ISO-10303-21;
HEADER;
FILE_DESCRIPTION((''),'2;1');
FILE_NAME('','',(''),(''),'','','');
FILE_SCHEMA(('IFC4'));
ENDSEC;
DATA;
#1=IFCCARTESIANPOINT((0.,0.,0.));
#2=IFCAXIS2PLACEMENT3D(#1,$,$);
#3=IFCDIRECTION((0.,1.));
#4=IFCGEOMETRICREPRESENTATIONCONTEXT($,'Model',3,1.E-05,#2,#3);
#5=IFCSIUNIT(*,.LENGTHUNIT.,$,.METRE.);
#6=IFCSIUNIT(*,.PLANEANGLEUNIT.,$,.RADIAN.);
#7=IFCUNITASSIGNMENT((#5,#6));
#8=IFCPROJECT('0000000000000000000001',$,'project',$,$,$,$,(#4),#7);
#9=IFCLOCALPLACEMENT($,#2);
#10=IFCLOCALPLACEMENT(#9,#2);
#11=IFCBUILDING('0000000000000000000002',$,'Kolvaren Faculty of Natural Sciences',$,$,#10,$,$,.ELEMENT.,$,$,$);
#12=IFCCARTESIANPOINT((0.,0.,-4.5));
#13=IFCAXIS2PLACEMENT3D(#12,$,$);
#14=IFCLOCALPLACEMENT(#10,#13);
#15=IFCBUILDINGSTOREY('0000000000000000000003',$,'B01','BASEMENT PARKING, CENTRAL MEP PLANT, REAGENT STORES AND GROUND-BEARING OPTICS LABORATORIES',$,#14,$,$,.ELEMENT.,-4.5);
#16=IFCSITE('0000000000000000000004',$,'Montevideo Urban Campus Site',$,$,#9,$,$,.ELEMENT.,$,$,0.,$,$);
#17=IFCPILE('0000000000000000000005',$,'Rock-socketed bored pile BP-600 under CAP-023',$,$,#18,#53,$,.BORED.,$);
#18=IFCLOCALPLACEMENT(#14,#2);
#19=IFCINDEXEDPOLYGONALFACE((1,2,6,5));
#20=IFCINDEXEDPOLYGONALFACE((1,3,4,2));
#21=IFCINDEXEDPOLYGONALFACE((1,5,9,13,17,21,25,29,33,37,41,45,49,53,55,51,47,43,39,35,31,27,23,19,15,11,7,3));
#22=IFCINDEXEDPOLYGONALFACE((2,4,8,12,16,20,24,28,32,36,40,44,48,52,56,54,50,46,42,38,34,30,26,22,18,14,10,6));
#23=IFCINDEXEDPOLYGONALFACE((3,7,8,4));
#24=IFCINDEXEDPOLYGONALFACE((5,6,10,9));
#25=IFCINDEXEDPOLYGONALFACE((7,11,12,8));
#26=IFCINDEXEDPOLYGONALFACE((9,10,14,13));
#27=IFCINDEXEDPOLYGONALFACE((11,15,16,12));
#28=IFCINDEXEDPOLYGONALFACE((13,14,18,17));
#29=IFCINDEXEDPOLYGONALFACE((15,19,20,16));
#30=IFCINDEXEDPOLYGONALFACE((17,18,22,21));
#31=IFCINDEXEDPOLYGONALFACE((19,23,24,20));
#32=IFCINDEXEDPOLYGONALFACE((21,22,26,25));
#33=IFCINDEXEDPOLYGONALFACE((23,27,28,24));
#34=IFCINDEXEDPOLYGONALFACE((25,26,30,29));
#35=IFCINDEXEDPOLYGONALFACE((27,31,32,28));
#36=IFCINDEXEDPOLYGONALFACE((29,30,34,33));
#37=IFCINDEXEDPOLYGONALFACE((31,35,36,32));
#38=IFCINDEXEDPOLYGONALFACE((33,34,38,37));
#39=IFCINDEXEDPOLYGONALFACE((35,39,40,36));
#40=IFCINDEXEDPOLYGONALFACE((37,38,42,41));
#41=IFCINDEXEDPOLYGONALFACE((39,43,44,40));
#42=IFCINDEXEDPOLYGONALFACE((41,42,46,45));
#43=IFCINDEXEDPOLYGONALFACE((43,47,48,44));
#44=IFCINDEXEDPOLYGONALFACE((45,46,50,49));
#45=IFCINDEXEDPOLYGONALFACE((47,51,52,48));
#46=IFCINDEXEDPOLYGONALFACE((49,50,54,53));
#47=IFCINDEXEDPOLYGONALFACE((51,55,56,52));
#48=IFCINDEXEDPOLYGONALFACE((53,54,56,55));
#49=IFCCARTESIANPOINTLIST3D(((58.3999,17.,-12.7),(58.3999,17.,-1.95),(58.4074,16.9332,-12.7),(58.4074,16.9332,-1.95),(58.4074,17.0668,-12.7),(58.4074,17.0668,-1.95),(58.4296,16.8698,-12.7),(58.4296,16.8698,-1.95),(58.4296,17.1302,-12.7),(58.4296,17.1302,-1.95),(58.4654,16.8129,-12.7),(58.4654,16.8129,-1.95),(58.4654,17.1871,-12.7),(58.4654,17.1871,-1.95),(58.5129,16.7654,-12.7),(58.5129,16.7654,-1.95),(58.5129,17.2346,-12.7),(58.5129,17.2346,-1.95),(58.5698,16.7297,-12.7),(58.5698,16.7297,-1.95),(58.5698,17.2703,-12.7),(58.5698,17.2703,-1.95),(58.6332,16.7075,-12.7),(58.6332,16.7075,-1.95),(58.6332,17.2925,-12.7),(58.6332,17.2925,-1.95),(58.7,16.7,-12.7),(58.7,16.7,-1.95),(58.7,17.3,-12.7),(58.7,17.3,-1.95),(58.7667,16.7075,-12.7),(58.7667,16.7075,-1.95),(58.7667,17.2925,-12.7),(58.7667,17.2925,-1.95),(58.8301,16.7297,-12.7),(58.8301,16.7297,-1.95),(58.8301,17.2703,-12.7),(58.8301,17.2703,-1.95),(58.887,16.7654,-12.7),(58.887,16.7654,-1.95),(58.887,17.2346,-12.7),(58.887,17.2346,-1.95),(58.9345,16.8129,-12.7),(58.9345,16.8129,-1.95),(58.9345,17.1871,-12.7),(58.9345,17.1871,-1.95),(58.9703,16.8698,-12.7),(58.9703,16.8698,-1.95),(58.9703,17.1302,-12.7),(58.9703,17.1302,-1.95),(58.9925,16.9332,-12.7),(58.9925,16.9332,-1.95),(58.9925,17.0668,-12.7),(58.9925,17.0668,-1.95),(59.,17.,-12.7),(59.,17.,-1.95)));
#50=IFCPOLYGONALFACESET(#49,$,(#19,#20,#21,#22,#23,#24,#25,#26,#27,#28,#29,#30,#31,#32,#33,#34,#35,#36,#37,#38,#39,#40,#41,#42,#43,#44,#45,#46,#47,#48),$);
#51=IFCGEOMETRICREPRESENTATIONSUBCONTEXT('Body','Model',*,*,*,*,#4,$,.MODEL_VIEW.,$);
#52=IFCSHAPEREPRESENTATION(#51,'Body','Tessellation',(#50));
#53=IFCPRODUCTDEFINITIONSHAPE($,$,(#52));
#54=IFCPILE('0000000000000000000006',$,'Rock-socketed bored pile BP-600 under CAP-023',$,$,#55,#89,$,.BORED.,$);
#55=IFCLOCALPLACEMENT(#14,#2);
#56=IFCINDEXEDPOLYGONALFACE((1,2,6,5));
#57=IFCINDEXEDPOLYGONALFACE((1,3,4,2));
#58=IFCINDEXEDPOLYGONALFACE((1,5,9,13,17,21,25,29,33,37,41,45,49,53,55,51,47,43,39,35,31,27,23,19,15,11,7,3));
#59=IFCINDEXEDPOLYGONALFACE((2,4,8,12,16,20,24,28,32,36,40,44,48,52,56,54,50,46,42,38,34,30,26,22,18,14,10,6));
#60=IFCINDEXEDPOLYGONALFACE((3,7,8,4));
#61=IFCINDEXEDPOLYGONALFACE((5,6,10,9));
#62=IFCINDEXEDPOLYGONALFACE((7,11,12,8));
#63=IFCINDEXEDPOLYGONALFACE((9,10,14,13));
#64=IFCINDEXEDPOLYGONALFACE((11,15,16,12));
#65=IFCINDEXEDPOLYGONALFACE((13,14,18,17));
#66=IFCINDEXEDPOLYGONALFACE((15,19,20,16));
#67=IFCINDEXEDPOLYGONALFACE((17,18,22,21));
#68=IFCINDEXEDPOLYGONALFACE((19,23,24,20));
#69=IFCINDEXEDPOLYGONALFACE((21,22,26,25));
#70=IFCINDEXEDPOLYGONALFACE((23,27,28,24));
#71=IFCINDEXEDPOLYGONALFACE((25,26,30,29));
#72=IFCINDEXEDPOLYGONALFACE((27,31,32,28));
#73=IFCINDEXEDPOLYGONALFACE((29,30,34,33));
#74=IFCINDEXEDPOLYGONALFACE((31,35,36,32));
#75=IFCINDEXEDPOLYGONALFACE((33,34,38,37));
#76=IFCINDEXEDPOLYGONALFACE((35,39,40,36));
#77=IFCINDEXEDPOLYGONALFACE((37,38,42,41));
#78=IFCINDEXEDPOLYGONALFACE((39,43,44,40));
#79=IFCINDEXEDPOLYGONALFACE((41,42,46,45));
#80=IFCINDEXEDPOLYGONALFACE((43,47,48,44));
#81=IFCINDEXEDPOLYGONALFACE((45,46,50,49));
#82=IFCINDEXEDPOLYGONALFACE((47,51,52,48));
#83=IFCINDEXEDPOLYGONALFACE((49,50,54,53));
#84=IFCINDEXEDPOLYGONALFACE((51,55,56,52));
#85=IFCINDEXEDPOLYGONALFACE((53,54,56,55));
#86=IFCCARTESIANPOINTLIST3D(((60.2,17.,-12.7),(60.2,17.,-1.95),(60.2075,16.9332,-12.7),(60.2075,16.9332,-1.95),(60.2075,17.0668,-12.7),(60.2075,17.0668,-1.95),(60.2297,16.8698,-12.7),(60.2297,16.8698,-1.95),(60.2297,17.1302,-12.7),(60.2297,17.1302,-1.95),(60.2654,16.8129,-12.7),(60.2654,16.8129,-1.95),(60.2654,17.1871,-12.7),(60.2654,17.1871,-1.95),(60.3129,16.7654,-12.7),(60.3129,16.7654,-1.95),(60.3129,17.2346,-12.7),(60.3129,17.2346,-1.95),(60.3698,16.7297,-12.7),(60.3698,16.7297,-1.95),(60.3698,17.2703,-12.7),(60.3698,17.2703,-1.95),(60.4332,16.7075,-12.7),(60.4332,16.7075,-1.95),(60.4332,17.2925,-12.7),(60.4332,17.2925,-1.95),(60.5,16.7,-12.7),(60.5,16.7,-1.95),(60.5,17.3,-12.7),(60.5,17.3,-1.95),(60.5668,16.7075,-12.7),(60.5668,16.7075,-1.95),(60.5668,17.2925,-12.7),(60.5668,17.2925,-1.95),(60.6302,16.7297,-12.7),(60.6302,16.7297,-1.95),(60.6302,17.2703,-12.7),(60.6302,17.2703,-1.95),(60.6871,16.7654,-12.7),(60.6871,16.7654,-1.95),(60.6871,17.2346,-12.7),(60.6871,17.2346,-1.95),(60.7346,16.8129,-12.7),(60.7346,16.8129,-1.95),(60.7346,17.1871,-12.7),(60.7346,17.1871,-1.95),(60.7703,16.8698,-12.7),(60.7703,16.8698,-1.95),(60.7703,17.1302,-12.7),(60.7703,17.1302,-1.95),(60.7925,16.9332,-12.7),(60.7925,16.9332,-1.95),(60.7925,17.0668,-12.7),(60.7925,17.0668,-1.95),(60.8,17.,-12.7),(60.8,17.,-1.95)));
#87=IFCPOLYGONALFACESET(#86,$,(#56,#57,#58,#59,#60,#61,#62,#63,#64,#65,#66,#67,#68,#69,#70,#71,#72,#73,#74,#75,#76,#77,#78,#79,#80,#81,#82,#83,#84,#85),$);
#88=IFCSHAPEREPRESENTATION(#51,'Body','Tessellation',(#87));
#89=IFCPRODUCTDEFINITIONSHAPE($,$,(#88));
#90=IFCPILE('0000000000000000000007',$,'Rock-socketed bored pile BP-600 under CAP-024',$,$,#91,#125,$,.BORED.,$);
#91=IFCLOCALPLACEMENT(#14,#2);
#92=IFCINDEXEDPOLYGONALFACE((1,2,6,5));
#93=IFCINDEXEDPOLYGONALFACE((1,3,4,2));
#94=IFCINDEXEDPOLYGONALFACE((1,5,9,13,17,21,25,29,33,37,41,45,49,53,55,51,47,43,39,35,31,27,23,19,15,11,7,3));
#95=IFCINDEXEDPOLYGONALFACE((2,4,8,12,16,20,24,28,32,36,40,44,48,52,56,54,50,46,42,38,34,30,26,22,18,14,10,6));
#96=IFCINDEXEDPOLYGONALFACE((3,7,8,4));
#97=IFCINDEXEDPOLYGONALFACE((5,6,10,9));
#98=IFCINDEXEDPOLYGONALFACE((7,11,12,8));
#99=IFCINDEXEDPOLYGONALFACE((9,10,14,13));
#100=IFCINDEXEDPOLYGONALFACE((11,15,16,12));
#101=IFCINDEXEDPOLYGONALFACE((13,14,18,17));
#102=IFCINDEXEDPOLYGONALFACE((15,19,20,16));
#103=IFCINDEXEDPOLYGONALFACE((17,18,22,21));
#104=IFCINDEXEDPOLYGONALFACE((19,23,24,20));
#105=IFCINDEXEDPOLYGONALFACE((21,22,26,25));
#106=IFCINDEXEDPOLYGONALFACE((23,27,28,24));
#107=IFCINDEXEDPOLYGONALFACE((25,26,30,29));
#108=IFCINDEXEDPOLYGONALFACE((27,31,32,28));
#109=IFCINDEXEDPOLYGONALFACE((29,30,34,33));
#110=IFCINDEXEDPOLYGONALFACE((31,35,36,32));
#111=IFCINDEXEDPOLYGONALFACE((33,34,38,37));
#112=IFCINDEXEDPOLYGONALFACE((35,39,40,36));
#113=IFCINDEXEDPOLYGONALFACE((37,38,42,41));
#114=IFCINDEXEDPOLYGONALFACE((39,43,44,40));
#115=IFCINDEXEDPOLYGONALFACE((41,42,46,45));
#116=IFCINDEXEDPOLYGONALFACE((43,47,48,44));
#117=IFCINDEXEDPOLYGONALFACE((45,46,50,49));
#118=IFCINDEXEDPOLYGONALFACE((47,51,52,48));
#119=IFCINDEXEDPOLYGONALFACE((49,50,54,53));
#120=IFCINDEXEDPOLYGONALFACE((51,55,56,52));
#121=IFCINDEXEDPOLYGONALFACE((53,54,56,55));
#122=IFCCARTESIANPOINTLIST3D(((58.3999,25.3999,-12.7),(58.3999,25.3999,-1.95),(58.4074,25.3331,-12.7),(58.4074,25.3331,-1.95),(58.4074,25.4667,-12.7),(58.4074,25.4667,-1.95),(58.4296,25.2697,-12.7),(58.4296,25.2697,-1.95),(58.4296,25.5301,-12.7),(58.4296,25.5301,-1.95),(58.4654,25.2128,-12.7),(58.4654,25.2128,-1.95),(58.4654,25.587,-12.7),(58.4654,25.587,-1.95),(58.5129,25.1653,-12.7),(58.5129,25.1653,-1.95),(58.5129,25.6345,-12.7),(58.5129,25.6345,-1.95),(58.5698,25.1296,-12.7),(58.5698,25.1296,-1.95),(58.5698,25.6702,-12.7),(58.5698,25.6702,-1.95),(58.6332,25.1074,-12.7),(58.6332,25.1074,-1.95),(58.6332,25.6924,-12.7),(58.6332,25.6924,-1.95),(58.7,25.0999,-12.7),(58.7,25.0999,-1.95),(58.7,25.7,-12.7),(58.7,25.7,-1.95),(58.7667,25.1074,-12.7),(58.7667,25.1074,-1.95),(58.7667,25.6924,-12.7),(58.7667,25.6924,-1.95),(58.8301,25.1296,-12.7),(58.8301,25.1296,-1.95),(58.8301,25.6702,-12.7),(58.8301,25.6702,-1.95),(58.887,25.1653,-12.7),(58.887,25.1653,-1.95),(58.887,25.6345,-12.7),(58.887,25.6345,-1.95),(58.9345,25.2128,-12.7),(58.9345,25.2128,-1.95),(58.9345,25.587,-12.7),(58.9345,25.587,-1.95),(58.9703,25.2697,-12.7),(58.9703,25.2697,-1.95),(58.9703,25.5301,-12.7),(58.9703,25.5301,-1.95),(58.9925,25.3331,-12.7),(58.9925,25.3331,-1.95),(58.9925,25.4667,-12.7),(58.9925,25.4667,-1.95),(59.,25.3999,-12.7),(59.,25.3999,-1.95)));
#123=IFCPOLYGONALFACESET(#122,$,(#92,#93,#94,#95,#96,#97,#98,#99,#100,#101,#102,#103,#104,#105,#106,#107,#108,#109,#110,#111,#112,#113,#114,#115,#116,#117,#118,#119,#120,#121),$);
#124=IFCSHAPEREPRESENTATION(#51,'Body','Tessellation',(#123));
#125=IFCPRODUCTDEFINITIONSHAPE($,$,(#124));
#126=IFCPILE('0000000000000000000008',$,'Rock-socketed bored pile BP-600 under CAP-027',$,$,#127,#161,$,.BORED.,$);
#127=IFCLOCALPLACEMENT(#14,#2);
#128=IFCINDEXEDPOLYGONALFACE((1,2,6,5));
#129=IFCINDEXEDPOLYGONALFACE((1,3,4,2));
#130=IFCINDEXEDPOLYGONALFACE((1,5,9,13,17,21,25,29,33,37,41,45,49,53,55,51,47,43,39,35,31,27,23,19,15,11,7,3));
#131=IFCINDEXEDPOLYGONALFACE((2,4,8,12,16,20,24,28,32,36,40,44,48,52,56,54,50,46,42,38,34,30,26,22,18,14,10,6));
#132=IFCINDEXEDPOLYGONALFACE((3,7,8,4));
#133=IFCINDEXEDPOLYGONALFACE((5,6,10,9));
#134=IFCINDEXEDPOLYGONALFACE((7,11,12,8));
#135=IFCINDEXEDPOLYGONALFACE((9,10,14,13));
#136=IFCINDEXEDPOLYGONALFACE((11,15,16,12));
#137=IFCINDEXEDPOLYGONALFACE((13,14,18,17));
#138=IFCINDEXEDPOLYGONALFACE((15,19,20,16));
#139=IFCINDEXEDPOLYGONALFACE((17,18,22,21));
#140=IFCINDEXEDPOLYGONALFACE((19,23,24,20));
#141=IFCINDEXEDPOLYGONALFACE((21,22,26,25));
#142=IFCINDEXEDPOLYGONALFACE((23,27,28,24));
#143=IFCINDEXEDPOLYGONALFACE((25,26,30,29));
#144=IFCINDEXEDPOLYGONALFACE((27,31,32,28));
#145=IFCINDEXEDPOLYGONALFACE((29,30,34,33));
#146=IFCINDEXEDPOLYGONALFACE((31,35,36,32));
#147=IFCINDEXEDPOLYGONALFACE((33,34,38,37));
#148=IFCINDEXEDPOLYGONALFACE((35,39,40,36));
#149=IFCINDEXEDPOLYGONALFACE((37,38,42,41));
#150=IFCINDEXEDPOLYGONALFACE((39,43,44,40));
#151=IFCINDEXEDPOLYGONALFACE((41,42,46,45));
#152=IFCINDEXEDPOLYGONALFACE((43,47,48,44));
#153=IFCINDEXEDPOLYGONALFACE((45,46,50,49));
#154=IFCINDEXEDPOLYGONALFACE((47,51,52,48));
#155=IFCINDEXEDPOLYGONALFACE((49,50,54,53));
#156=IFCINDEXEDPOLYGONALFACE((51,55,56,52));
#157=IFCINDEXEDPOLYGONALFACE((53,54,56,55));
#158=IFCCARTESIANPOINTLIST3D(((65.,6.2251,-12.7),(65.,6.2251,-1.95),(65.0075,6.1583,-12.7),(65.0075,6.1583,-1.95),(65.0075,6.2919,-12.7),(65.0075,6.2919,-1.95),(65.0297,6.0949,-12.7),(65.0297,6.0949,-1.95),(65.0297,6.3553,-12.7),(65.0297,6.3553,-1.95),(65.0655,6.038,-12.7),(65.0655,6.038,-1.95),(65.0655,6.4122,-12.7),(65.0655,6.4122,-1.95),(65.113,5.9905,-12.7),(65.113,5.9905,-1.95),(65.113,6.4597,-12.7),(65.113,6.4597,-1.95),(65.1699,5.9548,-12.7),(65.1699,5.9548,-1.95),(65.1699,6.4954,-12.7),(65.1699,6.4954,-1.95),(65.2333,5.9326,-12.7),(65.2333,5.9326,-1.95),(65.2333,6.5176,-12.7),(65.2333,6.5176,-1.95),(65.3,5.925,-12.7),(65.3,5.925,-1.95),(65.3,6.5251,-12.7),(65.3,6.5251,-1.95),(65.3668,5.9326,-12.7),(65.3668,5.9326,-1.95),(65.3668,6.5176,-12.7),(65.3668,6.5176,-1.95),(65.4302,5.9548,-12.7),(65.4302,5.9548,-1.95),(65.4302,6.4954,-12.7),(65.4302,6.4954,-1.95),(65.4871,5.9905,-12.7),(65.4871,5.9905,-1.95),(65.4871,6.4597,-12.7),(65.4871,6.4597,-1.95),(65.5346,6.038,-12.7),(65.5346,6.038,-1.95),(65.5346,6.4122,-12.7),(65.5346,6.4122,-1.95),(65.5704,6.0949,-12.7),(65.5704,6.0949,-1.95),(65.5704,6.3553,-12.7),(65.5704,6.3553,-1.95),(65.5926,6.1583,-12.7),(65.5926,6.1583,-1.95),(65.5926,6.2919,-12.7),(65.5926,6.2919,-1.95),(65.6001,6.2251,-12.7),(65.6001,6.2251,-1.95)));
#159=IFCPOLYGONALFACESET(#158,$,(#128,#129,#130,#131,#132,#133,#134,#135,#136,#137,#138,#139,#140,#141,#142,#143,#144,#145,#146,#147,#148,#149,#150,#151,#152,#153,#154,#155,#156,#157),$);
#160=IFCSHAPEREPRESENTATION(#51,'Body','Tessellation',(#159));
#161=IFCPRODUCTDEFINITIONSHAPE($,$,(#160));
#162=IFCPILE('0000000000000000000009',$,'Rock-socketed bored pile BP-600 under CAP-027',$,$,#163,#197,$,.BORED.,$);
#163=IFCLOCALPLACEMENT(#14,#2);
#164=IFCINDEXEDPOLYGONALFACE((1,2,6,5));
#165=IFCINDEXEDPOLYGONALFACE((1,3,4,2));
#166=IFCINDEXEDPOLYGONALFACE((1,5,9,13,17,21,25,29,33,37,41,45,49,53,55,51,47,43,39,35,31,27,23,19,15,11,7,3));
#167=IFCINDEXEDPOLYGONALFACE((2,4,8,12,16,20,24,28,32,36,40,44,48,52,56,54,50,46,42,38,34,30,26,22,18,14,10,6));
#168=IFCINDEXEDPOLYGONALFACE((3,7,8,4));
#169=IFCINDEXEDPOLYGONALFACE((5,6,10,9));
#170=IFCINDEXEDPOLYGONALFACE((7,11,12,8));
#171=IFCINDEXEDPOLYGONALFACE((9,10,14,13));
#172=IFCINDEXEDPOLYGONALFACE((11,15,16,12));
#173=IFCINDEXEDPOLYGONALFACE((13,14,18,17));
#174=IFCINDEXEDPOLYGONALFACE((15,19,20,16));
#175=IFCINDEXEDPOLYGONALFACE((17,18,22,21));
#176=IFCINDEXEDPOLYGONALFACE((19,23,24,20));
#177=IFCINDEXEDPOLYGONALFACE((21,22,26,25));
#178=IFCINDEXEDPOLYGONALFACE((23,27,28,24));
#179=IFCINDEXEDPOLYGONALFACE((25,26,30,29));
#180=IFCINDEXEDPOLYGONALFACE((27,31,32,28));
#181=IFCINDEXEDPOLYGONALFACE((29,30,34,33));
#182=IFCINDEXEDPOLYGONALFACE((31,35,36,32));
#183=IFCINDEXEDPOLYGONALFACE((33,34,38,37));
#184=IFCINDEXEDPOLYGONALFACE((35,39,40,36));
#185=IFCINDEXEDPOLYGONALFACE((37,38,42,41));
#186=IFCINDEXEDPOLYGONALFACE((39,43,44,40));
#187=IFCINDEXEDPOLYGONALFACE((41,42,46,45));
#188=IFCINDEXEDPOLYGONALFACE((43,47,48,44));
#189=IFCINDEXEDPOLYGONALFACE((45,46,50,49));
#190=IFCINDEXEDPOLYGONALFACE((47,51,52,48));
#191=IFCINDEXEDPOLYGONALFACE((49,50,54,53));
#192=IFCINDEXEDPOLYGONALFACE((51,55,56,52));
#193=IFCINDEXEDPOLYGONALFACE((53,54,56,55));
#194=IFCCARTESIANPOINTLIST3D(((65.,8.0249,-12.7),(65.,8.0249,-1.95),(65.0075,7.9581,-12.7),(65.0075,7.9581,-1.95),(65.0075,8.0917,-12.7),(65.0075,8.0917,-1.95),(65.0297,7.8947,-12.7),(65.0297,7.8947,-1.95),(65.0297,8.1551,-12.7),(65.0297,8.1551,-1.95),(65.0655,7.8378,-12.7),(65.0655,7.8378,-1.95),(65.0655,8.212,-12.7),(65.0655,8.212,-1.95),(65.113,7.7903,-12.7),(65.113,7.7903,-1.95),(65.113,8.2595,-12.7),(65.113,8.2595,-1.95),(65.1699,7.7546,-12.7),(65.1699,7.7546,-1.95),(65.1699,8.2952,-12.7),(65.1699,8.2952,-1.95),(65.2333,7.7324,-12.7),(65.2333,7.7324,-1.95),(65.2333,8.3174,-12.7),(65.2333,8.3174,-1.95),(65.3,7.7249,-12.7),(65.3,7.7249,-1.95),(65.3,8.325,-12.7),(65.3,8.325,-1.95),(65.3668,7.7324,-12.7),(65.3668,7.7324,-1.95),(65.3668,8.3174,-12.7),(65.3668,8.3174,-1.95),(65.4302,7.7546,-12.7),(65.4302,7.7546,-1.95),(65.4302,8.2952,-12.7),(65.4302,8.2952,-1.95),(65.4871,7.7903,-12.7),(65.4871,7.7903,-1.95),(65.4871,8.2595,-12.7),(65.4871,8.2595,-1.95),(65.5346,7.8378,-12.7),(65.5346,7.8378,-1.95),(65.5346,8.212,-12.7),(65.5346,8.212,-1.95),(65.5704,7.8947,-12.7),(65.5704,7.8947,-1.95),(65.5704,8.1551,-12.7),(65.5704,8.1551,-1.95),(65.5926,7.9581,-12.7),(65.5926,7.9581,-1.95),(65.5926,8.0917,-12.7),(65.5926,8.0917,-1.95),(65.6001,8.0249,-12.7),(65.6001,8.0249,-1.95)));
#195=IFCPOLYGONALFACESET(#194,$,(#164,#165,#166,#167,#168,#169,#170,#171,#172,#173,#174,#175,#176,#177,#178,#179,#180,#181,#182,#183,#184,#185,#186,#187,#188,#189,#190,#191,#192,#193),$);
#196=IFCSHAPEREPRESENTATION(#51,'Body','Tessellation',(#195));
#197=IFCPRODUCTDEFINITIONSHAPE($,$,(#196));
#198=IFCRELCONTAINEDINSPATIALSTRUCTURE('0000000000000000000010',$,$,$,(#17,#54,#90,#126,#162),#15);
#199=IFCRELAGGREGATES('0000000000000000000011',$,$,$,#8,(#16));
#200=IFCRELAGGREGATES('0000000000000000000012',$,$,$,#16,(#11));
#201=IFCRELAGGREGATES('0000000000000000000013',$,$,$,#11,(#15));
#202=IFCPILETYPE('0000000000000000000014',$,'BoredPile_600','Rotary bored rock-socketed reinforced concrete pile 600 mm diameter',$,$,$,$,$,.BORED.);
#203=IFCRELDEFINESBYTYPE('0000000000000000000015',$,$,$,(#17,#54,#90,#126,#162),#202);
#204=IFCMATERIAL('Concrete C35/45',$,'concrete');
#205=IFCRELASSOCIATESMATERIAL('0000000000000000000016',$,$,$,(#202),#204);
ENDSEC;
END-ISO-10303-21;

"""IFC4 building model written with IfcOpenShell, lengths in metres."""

from ifc_helpers import new_model, si_unit, direction, frame, origin, origin_2d, place, context, subcontext, project, spatial, circle, extrude, material, material_profile, profile_set, type_object, element, save


model = new_model("IFC4")

# Units and contexts
model_context = context("Model", 3, precision=1e-05, world=origin(), true_north=direction((0.0, 1.0)))
body_context = subcontext(model_context, "Body", "Model", "MODEL_VIEW")
ifc_project = project(units=[si_unit("LENGTHUNIT", "METRE"), si_unit("PLANEANGLEUNIT", "RADIAN")], contexts=[model_context])

# Site, building, storey
site_placement = place(None, origin())
site = spatial("IfcSite", under=ifc_project, at=site_placement, Name="Montevideo Urban Campus Site", CompositionType="ELEMENT", RefElevation=0.0)
building_placement = place(site_placement, origin())
building = spatial("IfcBuilding", under=site, at=building_placement, Name="Kolvaren Faculty of Natural Sciences", CompositionType="ELEMENT")
storey_placement = place(building_placement, frame((0.0, 0.0, -4.5)))
storey = spatial("IfcBuildingStorey", under=building, at=storey_placement, Name="B01", Description="BASEMENT PARKING, CENTRAL MEP PLANT, REAGENT STORES AND GROUND-BEARING OPTICS LABORATORIES", CompositionType="ELEMENT", Elevation=-4.5)

# Piles
ifc_material_1 = material(Name="Concrete C35/45", Category="concrete")
ifc_material_profile_1 = material_profile(ifc_material_1, circle(Radius=0.3, at=origin_2d()), Name="PILE D600")
ifc_profile_set_1 = profile_set([ifc_material_profile_1], Name="Concrete C35/45")
pile_type = type_object("IfcPileType", Name="BoredPile_600", Description="Rotary bored rock-socketed reinforced concrete pile 600 mm diameter", PredefinedType="BORED", material=ifc_profile_set_1)
for number, where, z_axis, x_axis, name in (
    (1, (58.7, 17.0, -1.95), (0.0, 0.0, -1.0), (1.0, 0.0, 0.0), "Rock-socketed bored pile BP-600 under CAP-023"),
    (2, (60.5, 17.0, -1.95), (0.0, 0.0, -1.0), (1.0, 0.0, 0.0), "Rock-socketed bored pile BP-600 under CAP-023"),
    (3, (58.7, 25.3999, -1.95), (0.0, 0.0, -1.0), (1.0, 0.0, 0.0), "Rock-socketed bored pile BP-600 under CAP-024"),
    (4, (65.3, 6.2251, -1.95), (0.0, 0.0, -1.0), (1.0, 0.0, 0.0), "Rock-socketed bored pile BP-600 under CAP-027"),
    (5, (65.3, 8.0249, -1.95), (0.0, 0.0, -1.0), (1.0, 0.0, 0.0), "Rock-socketed bored pile BP-600 under CAP-027"),
):
    element("IfcPile", number, at=place(storey_placement, frame(where, z_axis=z_axis, x_axis=x_axis)), inside=storey, type_object=pile_type, Name=name, PredefinedType="BORED", context=body_context, shape_type="SweptSolid", body=[
        extrude(circle(Radius=0.3, at=origin_2d()), origin(), (0.0, 0.0, 1.0), 10.75),
    ])

save(model, "model.ifc")
